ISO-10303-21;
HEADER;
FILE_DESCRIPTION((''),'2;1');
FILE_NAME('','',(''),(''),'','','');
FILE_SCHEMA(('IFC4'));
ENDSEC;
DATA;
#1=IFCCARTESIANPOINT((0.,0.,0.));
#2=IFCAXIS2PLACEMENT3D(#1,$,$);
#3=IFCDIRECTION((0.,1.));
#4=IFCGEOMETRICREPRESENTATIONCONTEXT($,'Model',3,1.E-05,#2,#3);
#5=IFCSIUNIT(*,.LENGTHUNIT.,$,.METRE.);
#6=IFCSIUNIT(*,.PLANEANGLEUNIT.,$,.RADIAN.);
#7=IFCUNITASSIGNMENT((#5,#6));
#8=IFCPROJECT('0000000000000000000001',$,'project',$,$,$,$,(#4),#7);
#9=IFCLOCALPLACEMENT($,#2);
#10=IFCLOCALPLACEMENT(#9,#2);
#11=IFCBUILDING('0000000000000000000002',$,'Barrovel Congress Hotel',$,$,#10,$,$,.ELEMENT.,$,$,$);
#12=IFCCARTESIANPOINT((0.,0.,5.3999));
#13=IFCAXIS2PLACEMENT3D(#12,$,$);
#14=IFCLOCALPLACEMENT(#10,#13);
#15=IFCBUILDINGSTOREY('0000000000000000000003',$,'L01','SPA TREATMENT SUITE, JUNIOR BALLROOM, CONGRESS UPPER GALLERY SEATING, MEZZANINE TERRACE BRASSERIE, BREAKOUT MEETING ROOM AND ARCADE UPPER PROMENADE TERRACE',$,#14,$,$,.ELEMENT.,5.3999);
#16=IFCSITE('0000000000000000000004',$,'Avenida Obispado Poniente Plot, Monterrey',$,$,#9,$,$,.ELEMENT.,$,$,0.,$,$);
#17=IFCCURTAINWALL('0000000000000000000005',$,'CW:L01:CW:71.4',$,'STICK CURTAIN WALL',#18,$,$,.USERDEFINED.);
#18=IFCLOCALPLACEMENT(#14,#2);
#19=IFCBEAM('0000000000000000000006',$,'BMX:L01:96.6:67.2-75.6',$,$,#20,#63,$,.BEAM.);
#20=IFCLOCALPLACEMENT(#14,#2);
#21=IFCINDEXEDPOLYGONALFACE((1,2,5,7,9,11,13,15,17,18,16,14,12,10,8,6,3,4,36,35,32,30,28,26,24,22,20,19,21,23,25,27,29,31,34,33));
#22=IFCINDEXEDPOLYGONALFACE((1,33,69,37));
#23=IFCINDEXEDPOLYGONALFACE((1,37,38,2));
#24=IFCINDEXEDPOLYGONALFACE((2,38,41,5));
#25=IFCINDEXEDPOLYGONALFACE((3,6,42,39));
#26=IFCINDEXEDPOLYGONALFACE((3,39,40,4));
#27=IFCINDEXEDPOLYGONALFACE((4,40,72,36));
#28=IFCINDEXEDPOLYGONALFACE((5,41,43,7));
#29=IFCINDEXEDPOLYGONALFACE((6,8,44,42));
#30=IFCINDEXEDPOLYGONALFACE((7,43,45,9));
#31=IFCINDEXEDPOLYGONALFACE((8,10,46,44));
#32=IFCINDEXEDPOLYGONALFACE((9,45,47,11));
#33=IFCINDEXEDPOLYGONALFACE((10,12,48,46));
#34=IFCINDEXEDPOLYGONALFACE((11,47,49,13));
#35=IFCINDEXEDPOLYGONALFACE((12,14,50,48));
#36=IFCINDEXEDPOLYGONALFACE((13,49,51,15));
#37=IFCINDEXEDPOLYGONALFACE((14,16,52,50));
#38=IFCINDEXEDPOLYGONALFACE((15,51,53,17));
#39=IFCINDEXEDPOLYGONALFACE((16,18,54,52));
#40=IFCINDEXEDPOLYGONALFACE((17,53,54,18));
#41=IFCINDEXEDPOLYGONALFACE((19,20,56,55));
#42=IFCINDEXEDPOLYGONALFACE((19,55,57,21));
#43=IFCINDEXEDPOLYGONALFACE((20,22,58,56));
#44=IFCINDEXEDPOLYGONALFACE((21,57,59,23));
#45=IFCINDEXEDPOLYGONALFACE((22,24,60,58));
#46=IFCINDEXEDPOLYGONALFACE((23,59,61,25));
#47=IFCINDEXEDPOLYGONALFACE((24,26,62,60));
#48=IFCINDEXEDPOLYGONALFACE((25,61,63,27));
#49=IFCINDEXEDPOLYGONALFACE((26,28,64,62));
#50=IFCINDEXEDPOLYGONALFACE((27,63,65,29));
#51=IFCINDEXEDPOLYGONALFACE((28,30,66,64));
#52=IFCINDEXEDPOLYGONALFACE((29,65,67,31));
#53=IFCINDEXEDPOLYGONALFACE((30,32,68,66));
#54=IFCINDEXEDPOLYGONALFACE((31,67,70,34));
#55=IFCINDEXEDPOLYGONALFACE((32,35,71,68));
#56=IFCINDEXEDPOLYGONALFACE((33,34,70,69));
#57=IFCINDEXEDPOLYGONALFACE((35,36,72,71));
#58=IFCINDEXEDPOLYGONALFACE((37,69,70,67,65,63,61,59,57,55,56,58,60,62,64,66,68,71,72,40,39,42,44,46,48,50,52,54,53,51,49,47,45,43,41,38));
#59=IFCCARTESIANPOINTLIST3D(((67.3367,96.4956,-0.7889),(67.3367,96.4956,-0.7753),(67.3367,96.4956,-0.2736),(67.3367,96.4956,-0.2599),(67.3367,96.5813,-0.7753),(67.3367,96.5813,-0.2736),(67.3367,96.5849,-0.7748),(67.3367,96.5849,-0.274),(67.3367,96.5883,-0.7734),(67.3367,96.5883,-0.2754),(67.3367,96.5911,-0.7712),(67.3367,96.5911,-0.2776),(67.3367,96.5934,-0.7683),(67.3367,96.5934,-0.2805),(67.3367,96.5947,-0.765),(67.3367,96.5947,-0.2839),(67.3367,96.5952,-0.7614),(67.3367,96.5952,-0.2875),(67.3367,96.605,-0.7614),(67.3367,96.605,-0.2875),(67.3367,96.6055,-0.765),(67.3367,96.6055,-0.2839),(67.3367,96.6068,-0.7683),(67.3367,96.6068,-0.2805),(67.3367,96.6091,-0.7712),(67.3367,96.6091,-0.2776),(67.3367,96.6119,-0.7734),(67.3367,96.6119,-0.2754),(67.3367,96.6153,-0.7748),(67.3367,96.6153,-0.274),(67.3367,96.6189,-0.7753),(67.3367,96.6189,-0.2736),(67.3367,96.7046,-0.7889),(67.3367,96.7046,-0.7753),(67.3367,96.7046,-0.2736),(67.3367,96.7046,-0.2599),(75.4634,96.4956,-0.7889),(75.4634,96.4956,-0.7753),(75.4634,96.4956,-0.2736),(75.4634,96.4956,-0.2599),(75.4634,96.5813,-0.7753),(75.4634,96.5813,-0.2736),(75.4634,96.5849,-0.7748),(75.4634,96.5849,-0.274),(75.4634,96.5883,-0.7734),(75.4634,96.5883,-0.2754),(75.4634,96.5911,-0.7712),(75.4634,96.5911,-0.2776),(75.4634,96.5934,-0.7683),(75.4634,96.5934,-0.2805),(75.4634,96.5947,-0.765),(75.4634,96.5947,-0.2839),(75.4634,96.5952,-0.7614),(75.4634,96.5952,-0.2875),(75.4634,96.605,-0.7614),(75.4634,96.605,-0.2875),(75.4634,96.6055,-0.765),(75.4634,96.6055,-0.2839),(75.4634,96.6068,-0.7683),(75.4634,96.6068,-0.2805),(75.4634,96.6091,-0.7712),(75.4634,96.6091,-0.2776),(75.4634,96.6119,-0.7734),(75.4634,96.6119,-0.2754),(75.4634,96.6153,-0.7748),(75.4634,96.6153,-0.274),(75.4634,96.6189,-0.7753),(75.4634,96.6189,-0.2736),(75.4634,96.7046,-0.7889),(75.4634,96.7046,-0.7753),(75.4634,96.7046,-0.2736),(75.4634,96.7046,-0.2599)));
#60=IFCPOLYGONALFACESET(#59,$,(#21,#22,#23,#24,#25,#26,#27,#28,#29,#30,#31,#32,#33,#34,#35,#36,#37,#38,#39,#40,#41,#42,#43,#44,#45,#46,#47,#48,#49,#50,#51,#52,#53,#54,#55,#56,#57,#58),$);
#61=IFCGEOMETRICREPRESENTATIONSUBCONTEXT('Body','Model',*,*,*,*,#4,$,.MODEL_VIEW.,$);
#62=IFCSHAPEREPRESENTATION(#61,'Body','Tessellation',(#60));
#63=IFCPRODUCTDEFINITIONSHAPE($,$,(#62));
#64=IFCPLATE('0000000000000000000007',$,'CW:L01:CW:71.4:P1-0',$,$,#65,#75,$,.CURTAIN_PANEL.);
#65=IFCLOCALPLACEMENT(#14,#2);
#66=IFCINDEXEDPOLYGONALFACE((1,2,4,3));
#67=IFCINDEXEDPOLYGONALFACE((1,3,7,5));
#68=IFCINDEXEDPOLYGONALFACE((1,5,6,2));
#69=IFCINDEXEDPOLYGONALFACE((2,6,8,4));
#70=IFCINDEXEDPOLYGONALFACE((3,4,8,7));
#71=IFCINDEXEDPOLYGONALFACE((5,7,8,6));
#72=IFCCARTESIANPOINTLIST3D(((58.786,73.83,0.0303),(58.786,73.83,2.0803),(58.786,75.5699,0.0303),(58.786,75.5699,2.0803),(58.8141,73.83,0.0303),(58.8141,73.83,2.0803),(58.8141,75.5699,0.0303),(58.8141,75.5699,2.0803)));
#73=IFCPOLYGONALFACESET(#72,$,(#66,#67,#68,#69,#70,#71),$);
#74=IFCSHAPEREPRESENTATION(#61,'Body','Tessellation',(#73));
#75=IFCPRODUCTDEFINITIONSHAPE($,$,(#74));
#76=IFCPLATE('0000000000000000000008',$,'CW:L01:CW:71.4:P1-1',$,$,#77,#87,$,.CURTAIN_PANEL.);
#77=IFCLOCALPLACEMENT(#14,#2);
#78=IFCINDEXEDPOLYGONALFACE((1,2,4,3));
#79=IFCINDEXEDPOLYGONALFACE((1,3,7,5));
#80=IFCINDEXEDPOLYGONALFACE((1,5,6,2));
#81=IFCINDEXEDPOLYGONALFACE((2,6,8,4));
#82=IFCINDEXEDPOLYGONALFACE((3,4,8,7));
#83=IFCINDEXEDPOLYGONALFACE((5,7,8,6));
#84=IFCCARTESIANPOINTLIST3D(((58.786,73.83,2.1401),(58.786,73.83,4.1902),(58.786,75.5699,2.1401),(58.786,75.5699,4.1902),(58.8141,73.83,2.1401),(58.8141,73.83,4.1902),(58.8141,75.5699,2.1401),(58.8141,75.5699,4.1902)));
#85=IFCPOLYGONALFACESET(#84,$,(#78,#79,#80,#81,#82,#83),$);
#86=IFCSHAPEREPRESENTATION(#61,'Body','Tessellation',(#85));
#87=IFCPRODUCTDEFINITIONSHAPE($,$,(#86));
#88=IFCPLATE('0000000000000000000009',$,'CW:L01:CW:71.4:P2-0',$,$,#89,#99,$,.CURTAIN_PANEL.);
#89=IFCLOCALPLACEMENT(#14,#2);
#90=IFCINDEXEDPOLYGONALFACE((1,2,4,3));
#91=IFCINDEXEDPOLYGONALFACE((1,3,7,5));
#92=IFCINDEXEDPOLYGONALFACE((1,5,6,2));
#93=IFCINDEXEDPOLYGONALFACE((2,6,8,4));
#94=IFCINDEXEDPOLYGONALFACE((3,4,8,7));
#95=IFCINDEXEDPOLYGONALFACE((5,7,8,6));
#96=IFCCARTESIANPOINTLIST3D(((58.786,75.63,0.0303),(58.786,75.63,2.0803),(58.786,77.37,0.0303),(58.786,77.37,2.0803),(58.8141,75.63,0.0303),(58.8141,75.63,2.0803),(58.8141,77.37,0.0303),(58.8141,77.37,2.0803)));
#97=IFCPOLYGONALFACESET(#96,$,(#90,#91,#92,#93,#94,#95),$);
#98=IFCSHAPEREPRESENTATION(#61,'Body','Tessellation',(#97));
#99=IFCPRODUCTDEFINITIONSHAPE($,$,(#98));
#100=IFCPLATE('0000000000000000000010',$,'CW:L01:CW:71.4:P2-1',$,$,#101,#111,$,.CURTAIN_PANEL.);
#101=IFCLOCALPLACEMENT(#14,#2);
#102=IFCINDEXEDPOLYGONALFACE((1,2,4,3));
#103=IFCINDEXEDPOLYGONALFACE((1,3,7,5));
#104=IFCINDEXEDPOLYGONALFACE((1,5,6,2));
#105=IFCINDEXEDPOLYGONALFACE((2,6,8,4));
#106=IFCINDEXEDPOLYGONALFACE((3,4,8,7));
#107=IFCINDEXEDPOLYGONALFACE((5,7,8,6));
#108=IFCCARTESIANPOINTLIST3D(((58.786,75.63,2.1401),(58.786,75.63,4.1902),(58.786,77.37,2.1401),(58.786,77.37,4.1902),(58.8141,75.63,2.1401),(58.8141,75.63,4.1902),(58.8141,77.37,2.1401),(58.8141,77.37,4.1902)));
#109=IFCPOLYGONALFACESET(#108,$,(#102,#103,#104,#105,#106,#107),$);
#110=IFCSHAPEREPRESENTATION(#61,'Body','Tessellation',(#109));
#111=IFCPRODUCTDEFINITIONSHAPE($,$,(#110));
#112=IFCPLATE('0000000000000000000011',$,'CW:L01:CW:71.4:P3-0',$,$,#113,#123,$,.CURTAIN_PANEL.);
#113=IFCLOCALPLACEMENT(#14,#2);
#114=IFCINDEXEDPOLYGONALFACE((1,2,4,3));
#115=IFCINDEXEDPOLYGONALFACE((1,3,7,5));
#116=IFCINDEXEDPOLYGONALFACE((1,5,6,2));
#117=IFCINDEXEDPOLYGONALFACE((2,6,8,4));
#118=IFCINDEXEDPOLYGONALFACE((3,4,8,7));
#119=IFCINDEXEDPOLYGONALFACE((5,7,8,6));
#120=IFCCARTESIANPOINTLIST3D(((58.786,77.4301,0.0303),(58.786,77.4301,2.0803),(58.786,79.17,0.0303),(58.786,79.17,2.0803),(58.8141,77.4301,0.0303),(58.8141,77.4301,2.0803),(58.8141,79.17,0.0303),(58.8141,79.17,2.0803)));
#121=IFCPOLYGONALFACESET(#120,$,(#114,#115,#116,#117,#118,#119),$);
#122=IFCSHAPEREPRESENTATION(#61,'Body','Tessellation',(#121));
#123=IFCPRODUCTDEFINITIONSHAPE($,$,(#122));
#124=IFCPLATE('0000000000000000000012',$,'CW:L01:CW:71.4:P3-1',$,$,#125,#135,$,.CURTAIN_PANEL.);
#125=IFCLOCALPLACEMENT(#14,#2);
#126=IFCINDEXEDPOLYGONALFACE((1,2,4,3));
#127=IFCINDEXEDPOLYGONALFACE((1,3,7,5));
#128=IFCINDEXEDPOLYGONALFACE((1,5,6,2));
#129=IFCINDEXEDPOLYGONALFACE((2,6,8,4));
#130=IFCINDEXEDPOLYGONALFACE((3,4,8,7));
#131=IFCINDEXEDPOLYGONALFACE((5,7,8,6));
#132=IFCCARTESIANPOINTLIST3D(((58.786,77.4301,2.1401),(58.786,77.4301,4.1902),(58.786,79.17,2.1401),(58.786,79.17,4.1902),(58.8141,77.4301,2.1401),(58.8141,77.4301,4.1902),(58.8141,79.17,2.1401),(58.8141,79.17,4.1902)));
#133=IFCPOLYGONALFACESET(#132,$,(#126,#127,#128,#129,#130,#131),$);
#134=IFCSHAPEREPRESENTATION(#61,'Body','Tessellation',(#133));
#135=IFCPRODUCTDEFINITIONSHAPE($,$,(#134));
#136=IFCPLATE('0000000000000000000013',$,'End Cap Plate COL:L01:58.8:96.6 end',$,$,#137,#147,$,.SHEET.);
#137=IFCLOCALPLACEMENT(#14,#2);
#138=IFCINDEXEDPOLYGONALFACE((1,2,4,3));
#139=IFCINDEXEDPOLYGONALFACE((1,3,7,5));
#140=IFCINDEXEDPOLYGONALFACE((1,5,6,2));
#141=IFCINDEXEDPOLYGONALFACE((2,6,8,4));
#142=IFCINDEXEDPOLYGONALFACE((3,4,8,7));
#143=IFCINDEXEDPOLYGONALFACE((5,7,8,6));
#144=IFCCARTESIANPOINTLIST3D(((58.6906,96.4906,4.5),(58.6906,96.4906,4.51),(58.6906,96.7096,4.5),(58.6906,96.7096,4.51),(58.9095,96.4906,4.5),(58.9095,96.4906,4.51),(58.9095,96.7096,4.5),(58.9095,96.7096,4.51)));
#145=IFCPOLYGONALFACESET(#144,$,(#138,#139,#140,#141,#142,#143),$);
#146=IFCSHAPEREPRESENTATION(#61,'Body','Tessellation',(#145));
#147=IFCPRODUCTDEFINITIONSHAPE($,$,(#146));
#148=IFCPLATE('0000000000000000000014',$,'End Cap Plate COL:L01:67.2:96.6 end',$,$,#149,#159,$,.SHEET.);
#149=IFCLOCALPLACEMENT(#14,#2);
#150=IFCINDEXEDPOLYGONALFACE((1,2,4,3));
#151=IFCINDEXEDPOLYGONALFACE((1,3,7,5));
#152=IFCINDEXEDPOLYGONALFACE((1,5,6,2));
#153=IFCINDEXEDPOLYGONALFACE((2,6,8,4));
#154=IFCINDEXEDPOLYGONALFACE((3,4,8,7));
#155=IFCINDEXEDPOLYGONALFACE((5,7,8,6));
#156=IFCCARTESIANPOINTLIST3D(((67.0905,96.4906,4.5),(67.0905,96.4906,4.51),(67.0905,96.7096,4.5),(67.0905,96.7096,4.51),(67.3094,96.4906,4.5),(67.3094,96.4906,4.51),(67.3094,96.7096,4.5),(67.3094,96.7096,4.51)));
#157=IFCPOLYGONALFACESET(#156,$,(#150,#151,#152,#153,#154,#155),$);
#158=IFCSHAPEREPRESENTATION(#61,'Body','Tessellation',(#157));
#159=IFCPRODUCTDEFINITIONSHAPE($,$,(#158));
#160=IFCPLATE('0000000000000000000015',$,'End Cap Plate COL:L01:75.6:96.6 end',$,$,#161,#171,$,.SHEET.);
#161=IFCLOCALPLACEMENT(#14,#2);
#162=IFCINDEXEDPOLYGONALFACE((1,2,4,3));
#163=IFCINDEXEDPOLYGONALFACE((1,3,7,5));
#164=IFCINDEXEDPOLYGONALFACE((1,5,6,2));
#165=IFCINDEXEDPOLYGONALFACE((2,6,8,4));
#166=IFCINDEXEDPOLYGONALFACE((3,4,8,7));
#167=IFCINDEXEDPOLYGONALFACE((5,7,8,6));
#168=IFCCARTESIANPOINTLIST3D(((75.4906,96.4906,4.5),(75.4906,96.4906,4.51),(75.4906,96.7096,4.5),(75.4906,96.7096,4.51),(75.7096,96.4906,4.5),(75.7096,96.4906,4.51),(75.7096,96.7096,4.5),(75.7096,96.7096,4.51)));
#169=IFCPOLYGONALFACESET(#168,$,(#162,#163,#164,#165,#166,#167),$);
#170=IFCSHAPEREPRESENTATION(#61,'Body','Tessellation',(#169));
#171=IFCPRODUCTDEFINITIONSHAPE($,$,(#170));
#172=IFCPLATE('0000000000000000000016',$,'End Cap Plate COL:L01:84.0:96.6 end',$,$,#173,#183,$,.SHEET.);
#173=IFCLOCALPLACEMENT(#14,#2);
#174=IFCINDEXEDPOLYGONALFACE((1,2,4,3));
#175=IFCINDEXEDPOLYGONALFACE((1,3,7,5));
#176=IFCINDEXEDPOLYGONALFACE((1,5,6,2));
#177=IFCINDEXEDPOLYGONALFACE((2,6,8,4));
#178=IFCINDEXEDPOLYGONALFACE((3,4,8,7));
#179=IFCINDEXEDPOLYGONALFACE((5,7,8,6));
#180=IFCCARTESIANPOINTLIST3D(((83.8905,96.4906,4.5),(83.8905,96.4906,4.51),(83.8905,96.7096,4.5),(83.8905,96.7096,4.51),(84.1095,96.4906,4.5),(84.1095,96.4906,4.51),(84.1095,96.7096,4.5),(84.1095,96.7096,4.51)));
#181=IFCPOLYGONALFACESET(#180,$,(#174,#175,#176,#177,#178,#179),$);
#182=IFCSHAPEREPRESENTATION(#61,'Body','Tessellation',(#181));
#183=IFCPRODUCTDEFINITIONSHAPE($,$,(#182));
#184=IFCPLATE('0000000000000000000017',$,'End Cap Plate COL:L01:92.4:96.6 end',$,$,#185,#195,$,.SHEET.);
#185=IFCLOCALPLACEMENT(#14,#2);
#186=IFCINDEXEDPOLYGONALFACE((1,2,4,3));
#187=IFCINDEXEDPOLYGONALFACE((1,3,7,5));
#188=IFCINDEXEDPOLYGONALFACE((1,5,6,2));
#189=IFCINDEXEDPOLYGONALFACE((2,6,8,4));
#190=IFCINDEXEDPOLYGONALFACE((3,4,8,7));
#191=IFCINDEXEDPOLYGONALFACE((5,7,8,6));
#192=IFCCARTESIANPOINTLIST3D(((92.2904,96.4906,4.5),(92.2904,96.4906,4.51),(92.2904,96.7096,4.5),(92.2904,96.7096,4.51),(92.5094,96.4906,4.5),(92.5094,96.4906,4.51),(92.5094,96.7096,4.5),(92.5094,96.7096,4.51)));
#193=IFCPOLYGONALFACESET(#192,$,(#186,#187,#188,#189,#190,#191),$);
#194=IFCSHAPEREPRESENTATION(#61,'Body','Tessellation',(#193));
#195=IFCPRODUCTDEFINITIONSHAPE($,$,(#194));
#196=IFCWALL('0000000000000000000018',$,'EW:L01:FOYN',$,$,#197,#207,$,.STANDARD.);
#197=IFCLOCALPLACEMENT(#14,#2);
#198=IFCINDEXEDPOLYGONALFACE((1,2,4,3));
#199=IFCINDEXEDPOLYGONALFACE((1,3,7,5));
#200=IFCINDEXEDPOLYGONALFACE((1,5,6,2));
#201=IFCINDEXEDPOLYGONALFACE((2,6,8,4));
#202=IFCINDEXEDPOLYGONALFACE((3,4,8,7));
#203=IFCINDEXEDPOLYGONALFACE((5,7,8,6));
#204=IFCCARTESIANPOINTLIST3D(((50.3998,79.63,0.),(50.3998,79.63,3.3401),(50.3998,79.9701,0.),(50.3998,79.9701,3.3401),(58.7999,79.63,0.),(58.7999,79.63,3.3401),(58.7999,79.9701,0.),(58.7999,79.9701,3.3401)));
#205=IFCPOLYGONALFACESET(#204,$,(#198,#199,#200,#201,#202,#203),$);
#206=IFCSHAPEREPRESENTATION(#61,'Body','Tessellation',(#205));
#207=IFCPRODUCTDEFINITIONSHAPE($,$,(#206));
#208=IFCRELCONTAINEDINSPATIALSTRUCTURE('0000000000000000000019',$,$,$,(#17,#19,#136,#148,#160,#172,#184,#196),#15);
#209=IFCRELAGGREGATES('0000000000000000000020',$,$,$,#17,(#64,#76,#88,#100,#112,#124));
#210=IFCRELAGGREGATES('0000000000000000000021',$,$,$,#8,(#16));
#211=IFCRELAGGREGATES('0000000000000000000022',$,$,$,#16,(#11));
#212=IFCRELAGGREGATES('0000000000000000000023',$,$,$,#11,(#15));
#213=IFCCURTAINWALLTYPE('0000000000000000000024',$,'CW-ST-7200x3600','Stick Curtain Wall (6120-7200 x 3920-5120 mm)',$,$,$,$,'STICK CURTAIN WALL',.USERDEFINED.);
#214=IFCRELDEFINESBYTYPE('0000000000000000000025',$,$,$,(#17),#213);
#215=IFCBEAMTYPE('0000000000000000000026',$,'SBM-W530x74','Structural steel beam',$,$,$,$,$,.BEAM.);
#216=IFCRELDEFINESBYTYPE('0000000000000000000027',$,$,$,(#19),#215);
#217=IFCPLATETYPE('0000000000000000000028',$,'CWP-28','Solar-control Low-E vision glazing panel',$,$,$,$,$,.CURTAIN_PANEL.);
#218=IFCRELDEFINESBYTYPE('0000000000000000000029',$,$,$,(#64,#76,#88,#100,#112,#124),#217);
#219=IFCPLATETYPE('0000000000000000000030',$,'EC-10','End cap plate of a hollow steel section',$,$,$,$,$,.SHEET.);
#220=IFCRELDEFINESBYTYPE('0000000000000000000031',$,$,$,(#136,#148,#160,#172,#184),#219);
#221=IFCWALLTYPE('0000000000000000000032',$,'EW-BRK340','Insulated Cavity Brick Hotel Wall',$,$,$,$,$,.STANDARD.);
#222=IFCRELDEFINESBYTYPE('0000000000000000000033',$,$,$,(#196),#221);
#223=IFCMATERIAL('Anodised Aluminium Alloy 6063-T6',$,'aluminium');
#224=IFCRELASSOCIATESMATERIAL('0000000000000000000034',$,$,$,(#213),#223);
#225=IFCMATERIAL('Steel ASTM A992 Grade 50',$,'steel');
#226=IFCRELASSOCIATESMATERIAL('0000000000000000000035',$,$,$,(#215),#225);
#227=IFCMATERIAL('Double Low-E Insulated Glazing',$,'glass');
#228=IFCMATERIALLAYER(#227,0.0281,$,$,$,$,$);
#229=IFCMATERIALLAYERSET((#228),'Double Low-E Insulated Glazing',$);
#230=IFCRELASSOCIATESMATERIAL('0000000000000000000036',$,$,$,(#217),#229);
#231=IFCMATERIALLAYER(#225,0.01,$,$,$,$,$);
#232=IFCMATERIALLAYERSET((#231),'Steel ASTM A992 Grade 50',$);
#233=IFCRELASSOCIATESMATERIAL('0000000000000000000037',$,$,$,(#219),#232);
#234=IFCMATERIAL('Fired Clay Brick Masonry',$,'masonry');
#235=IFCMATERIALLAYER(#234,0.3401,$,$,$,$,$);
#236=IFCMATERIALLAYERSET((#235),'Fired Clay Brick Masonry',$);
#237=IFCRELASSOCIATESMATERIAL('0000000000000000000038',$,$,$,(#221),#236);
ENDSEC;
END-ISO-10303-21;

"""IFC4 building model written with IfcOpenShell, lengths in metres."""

from ifc_helpers import new_model, si_unit, direction, frame, frame_2d, origin, origin_2d, place, context, subcontext, project, spatial, rectangle, i_section, extrude, material, layer, layer_set, material_profile, profile_set, type_object, element, aggregate, save


model = new_model("IFC4")

# Units and contexts
model_context = context("Model", 3, precision=1e-05, world=origin(), true_north=direction((0.0, 1.0)))
body_context = subcontext(model_context, "Body", "Model", "MODEL_VIEW")
ifc_project = project(units=[si_unit("LENGTHUNIT", "METRE"), si_unit("PLANEANGLEUNIT", "RADIAN")], contexts=[model_context])

# Site, building, storey
site_placement = place(None, origin())
site = spatial("IfcSite", under=ifc_project, at=site_placement, Name="Avenida Obispado Poniente Plot, Monterrey", CompositionType="ELEMENT", RefElevation=0.0)
building_placement = place(site_placement, origin())
building = spatial("IfcBuilding", under=site, at=building_placement, Name="Barrovel Congress Hotel", CompositionType="ELEMENT")
storey_placement = place(building_placement, frame((0.0, 0.0, 5.3999)))
storey = spatial("IfcBuildingStorey", under=building, at=storey_placement, Name="L01", Description="SPA TREATMENT SUITE, JUNIOR BALLROOM, CONGRESS UPPER GALLERY SEATING, MEZZANINE TERRACE BRASSERIE, BREAKOUT MEETING ROOM AND ARCADE UPPER PROMENADE TERRACE", CompositionType="ELEMENT", Elevation=5.3999)

# Curtain wall
ifc_material_1 = material(Name="Anodised Aluminium Alloy 6063-T6", Category="aluminium")
curtain_wall_type = type_object("IfcCurtainWallType", Name="CW-ST-7200x3600", Description="Stick Curtain Wall (6120-7200 x 3920-5120 mm)", ElementType="STICK CURTAIN WALL", PredefinedType="USERDEFINED", material=ifc_material_1)
curtain_wall_placement = place(storey_placement, origin())
curtain_wall = element("IfcCurtainWall", 1, at=curtain_wall_placement, inside=storey, type_object=curtain_wall_type, Name="CW:L01:CW:71.4", ObjectType="STICK CURTAIN WALL", PredefinedType="USERDEFINED")

# Beam
ifc_material_2 = material(Name="Steel ASTM A992 Grade 50", Category="steel")
ifc_material_profile_1 = material_profile(ifc_material_2, i_section(OverallWidth=0.209, OverallDepth=0.5291, WebThickness=0.0098, FlangeThickness=0.0137, FilletRadius=0.0139, at=origin_2d()), Name="W530x74")
ifc_profile_set_1 = profile_set([ifc_material_profile_1], Name="Steel ASTM A992 Grade 50")
beam_type_1 = type_object("IfcBeamType", Name="SBM-W530x74", Description="Structural steel beam", PredefinedType="BEAM", material=ifc_profile_set_1)
beam_1_placement = place(storey_placement, frame((67.3367, 96.6001, -0.5244), z_axis=(1.0, 0.0, 0.0), x_axis=(0.0, 1.0, 0.0)))
element("IfcBeam", 2, at=beam_1_placement, inside=storey, type_object=beam_type_1, Name="BMX:L01:96.6:67.2-75.6", PredefinedType="BEAM", context=body_context, shape_type="SweptSolid", body=[
    extrude(i_section(OverallWidth=0.209, OverallDepth=0.5291, WebThickness=0.0098, FlangeThickness=0.0137, FilletRadius=0.0139, at=origin_2d()), origin(), (0.0, 0.0, 1.0), 8.1267),
])

# Plates
ifc_material_3 = material(Name="Double Low-E Insulated Glazing", Category="glass")
ifc_layer_1 = layer(ifc_material_3, 0.0281)
ifc_layer_set_1 = layer_set([ifc_layer_1], Name="Double Low-E Insulated Glazing")
plate_type_1 = type_object("IfcPlateType", Name="CWP-28", Description="Solar-control Low-E vision glazing panel", PredefinedType="CURTAIN_PANEL", material=ifc_layer_set_1)
plate_1_placement = place(storey_placement, frame((58.8, 74.7, 0.0303), z_axis=(0.0, 0.0, 1.0), x_axis=(0.0, 1.0, 0.0)))
plate_1 = element("IfcPlate", 3, at=plate_1_placement, type_object=plate_type_1, Name="CW:L01:CW:71.4:P1-0", PredefinedType="CURTAIN_PANEL", context=body_context, shape_type="SweptSolid", body=[
    extrude(rectangle(XDim=1.74, YDim=0.0281, at=origin_2d()), origin(), (0.0, 0.0, 1.0), 2.05),
])
plate_2_placement = place(storey_placement, frame((58.8, 74.7, 2.1401), z_axis=(0.0, 0.0, 1.0), x_axis=(0.0, 1.0, 0.0)))
plate_2 = element("IfcPlate", 4, at=plate_2_placement, type_object=plate_type_1, Name="CW:L01:CW:71.4:P1-1", PredefinedType="CURTAIN_PANEL", context=body_context, shape_type="SweptSolid", body=[
    extrude(rectangle(XDim=1.74, YDim=0.0281, at=origin_2d()), origin(), (0.0, 0.0, 1.0), 2.05),
])
plate_3_placement = place(storey_placement, frame((58.8, 76.5, 0.0303), z_axis=(0.0, 0.0, 1.0), x_axis=(0.0, 1.0, 0.0)))
plate_3 = element("IfcPlate", 5, at=plate_3_placement, type_object=plate_type_1, Name="CW:L01:CW:71.4:P2-0", PredefinedType="CURTAIN_PANEL", context=body_context, shape_type="SweptSolid", body=[
    extrude(rectangle(XDim=1.74, YDim=0.0281, at=origin_2d()), origin(), (0.0, 0.0, 1.0), 2.05),
])
plate_4_placement = place(storey_placement, frame((58.8, 76.5, 2.1401), z_axis=(0.0, 0.0, 1.0), x_axis=(0.0, 1.0, 0.0)))
plate_4 = element("IfcPlate", 6, at=plate_4_placement, type_object=plate_type_1, Name="CW:L01:CW:71.4:P2-1", PredefinedType="CURTAIN_PANEL", context=body_context, shape_type="SweptSolid", body=[
    extrude(rectangle(XDim=1.74, YDim=0.0281, at=origin_2d()), origin(), (0.0, 0.0, 1.0), 2.05),
])
plate_5_placement = place(storey_placement, frame((58.8, 78.3, 0.0303), z_axis=(0.0, 0.0, 1.0), x_axis=(0.0, 1.0, 0.0)))
plate_5 = element("IfcPlate", 7, at=plate_5_placement, type_object=plate_type_1, Name="CW:L01:CW:71.4:P3-0", PredefinedType="CURTAIN_PANEL", context=body_context, shape_type="SweptSolid", body=[
    extrude(rectangle(XDim=1.74, YDim=0.0281, at=origin_2d()), origin(), (0.0, 0.0, 1.0), 2.05),
])
plate_6_placement = place(storey_placement, frame((58.8, 78.3, 2.1401), z_axis=(0.0, 0.0, 1.0), x_axis=(0.0, 1.0, 0.0)))
plate_6 = element("IfcPlate", 8, at=plate_6_placement, type_object=plate_type_1, Name="CW:L01:CW:71.4:P3-1", PredefinedType="CURTAIN_PANEL", context=body_context, shape_type="SweptSolid", body=[
    extrude(rectangle(XDim=1.74, YDim=0.0281, at=origin_2d()), origin(), (0.0, 0.0, 1.0), 2.05),
])
aggregate(curtain_wall, [plate_1, plate_2, plate_3, plate_4, plate_5, plate_6])

# Plates
ifc_layer_2 = layer(ifc_material_2, 0.01)
ifc_layer_set_2 = layer_set([ifc_layer_2], Name="Steel ASTM A992 Grade 50")
plate_type_2 = type_object("IfcPlateType", Name="EC-10", Description="End cap plate of a hollow steel section", PredefinedType="SHEET", material=ifc_layer_set_2)
for number, where, z_axis, x_axis, name in (
    (9, (58.8, 96.6001, 4.5), (0.0, 0.0, 1.0), (1.0, 0.0, 0.0), "End Cap Plate COL:L01:58.8:96.6 end"),
    (10, (67.2, 96.6001, 4.5), (0.0, 0.0, 1.0), (1.0, 0.0, 0.0), "End Cap Plate COL:L01:67.2:96.6 end"),
    (11, (75.6001, 96.6001, 4.5), (0.0, 0.0, 1.0), (1.0, 0.0, 0.0), "End Cap Plate COL:L01:75.6:96.6 end"),
    (12, (84.0, 96.6001, 4.5), (0.0, 0.0, 1.0), (1.0, 0.0, 0.0), "End Cap Plate COL:L01:84.0:96.6 end"),
    (13, (92.3999, 96.6001, 4.5), (0.0, 0.0, 1.0), (1.0, 0.0, 0.0), "End Cap Plate COL:L01:92.4:96.6 end"),
):
    element("IfcPlate", number, at=place(storey_placement, frame(where, z_axis=z_axis, x_axis=x_axis)), inside=storey, type_object=plate_type_2, Name=name, PredefinedType="SHEET", context=body_context, shape_type="SweptSolid", body=[
        extrude(rectangle(XDim=0.219, YDim=0.219, at=origin_2d()), origin(), (0.0, 0.0, 1.0), 0.01),
    ])

# Wall
ifc_material_4 = material(Name="Fired Clay Brick Masonry", Category="masonry")
ifc_layer_3 = layer(ifc_material_4, 0.3401)
ifc_layer_set_3 = layer_set([ifc_layer_3], Name="Fired Clay Brick Masonry")
wall_type = type_object("IfcWallType", Name="EW-BRK340", Description="Insulated Cavity Brick Hotel Wall", PredefinedType="STANDARD", material=ifc_layer_set_3)
wall_1_placement = place(storey_placement, frame((58.8, 79.8, 0.0), z_axis=(0.0, 0.0, 1.0), x_axis=(-1.0, 0.0, 0.0)))
element("IfcWall", 14, at=wall_1_placement, inside=storey, type_object=wall_type, Name="EW:L01:FOYN", PredefinedType="STANDARD", context=body_context, shape_type="SweptSolid", body=[
    extrude(rectangle(XDim=8.4001, YDim=0.3401, at=frame_2d((4.2002, 0.0))), origin(), (0.0, 0.0, 1.0), 3.3401),
])

save(model, "model.ifc")
